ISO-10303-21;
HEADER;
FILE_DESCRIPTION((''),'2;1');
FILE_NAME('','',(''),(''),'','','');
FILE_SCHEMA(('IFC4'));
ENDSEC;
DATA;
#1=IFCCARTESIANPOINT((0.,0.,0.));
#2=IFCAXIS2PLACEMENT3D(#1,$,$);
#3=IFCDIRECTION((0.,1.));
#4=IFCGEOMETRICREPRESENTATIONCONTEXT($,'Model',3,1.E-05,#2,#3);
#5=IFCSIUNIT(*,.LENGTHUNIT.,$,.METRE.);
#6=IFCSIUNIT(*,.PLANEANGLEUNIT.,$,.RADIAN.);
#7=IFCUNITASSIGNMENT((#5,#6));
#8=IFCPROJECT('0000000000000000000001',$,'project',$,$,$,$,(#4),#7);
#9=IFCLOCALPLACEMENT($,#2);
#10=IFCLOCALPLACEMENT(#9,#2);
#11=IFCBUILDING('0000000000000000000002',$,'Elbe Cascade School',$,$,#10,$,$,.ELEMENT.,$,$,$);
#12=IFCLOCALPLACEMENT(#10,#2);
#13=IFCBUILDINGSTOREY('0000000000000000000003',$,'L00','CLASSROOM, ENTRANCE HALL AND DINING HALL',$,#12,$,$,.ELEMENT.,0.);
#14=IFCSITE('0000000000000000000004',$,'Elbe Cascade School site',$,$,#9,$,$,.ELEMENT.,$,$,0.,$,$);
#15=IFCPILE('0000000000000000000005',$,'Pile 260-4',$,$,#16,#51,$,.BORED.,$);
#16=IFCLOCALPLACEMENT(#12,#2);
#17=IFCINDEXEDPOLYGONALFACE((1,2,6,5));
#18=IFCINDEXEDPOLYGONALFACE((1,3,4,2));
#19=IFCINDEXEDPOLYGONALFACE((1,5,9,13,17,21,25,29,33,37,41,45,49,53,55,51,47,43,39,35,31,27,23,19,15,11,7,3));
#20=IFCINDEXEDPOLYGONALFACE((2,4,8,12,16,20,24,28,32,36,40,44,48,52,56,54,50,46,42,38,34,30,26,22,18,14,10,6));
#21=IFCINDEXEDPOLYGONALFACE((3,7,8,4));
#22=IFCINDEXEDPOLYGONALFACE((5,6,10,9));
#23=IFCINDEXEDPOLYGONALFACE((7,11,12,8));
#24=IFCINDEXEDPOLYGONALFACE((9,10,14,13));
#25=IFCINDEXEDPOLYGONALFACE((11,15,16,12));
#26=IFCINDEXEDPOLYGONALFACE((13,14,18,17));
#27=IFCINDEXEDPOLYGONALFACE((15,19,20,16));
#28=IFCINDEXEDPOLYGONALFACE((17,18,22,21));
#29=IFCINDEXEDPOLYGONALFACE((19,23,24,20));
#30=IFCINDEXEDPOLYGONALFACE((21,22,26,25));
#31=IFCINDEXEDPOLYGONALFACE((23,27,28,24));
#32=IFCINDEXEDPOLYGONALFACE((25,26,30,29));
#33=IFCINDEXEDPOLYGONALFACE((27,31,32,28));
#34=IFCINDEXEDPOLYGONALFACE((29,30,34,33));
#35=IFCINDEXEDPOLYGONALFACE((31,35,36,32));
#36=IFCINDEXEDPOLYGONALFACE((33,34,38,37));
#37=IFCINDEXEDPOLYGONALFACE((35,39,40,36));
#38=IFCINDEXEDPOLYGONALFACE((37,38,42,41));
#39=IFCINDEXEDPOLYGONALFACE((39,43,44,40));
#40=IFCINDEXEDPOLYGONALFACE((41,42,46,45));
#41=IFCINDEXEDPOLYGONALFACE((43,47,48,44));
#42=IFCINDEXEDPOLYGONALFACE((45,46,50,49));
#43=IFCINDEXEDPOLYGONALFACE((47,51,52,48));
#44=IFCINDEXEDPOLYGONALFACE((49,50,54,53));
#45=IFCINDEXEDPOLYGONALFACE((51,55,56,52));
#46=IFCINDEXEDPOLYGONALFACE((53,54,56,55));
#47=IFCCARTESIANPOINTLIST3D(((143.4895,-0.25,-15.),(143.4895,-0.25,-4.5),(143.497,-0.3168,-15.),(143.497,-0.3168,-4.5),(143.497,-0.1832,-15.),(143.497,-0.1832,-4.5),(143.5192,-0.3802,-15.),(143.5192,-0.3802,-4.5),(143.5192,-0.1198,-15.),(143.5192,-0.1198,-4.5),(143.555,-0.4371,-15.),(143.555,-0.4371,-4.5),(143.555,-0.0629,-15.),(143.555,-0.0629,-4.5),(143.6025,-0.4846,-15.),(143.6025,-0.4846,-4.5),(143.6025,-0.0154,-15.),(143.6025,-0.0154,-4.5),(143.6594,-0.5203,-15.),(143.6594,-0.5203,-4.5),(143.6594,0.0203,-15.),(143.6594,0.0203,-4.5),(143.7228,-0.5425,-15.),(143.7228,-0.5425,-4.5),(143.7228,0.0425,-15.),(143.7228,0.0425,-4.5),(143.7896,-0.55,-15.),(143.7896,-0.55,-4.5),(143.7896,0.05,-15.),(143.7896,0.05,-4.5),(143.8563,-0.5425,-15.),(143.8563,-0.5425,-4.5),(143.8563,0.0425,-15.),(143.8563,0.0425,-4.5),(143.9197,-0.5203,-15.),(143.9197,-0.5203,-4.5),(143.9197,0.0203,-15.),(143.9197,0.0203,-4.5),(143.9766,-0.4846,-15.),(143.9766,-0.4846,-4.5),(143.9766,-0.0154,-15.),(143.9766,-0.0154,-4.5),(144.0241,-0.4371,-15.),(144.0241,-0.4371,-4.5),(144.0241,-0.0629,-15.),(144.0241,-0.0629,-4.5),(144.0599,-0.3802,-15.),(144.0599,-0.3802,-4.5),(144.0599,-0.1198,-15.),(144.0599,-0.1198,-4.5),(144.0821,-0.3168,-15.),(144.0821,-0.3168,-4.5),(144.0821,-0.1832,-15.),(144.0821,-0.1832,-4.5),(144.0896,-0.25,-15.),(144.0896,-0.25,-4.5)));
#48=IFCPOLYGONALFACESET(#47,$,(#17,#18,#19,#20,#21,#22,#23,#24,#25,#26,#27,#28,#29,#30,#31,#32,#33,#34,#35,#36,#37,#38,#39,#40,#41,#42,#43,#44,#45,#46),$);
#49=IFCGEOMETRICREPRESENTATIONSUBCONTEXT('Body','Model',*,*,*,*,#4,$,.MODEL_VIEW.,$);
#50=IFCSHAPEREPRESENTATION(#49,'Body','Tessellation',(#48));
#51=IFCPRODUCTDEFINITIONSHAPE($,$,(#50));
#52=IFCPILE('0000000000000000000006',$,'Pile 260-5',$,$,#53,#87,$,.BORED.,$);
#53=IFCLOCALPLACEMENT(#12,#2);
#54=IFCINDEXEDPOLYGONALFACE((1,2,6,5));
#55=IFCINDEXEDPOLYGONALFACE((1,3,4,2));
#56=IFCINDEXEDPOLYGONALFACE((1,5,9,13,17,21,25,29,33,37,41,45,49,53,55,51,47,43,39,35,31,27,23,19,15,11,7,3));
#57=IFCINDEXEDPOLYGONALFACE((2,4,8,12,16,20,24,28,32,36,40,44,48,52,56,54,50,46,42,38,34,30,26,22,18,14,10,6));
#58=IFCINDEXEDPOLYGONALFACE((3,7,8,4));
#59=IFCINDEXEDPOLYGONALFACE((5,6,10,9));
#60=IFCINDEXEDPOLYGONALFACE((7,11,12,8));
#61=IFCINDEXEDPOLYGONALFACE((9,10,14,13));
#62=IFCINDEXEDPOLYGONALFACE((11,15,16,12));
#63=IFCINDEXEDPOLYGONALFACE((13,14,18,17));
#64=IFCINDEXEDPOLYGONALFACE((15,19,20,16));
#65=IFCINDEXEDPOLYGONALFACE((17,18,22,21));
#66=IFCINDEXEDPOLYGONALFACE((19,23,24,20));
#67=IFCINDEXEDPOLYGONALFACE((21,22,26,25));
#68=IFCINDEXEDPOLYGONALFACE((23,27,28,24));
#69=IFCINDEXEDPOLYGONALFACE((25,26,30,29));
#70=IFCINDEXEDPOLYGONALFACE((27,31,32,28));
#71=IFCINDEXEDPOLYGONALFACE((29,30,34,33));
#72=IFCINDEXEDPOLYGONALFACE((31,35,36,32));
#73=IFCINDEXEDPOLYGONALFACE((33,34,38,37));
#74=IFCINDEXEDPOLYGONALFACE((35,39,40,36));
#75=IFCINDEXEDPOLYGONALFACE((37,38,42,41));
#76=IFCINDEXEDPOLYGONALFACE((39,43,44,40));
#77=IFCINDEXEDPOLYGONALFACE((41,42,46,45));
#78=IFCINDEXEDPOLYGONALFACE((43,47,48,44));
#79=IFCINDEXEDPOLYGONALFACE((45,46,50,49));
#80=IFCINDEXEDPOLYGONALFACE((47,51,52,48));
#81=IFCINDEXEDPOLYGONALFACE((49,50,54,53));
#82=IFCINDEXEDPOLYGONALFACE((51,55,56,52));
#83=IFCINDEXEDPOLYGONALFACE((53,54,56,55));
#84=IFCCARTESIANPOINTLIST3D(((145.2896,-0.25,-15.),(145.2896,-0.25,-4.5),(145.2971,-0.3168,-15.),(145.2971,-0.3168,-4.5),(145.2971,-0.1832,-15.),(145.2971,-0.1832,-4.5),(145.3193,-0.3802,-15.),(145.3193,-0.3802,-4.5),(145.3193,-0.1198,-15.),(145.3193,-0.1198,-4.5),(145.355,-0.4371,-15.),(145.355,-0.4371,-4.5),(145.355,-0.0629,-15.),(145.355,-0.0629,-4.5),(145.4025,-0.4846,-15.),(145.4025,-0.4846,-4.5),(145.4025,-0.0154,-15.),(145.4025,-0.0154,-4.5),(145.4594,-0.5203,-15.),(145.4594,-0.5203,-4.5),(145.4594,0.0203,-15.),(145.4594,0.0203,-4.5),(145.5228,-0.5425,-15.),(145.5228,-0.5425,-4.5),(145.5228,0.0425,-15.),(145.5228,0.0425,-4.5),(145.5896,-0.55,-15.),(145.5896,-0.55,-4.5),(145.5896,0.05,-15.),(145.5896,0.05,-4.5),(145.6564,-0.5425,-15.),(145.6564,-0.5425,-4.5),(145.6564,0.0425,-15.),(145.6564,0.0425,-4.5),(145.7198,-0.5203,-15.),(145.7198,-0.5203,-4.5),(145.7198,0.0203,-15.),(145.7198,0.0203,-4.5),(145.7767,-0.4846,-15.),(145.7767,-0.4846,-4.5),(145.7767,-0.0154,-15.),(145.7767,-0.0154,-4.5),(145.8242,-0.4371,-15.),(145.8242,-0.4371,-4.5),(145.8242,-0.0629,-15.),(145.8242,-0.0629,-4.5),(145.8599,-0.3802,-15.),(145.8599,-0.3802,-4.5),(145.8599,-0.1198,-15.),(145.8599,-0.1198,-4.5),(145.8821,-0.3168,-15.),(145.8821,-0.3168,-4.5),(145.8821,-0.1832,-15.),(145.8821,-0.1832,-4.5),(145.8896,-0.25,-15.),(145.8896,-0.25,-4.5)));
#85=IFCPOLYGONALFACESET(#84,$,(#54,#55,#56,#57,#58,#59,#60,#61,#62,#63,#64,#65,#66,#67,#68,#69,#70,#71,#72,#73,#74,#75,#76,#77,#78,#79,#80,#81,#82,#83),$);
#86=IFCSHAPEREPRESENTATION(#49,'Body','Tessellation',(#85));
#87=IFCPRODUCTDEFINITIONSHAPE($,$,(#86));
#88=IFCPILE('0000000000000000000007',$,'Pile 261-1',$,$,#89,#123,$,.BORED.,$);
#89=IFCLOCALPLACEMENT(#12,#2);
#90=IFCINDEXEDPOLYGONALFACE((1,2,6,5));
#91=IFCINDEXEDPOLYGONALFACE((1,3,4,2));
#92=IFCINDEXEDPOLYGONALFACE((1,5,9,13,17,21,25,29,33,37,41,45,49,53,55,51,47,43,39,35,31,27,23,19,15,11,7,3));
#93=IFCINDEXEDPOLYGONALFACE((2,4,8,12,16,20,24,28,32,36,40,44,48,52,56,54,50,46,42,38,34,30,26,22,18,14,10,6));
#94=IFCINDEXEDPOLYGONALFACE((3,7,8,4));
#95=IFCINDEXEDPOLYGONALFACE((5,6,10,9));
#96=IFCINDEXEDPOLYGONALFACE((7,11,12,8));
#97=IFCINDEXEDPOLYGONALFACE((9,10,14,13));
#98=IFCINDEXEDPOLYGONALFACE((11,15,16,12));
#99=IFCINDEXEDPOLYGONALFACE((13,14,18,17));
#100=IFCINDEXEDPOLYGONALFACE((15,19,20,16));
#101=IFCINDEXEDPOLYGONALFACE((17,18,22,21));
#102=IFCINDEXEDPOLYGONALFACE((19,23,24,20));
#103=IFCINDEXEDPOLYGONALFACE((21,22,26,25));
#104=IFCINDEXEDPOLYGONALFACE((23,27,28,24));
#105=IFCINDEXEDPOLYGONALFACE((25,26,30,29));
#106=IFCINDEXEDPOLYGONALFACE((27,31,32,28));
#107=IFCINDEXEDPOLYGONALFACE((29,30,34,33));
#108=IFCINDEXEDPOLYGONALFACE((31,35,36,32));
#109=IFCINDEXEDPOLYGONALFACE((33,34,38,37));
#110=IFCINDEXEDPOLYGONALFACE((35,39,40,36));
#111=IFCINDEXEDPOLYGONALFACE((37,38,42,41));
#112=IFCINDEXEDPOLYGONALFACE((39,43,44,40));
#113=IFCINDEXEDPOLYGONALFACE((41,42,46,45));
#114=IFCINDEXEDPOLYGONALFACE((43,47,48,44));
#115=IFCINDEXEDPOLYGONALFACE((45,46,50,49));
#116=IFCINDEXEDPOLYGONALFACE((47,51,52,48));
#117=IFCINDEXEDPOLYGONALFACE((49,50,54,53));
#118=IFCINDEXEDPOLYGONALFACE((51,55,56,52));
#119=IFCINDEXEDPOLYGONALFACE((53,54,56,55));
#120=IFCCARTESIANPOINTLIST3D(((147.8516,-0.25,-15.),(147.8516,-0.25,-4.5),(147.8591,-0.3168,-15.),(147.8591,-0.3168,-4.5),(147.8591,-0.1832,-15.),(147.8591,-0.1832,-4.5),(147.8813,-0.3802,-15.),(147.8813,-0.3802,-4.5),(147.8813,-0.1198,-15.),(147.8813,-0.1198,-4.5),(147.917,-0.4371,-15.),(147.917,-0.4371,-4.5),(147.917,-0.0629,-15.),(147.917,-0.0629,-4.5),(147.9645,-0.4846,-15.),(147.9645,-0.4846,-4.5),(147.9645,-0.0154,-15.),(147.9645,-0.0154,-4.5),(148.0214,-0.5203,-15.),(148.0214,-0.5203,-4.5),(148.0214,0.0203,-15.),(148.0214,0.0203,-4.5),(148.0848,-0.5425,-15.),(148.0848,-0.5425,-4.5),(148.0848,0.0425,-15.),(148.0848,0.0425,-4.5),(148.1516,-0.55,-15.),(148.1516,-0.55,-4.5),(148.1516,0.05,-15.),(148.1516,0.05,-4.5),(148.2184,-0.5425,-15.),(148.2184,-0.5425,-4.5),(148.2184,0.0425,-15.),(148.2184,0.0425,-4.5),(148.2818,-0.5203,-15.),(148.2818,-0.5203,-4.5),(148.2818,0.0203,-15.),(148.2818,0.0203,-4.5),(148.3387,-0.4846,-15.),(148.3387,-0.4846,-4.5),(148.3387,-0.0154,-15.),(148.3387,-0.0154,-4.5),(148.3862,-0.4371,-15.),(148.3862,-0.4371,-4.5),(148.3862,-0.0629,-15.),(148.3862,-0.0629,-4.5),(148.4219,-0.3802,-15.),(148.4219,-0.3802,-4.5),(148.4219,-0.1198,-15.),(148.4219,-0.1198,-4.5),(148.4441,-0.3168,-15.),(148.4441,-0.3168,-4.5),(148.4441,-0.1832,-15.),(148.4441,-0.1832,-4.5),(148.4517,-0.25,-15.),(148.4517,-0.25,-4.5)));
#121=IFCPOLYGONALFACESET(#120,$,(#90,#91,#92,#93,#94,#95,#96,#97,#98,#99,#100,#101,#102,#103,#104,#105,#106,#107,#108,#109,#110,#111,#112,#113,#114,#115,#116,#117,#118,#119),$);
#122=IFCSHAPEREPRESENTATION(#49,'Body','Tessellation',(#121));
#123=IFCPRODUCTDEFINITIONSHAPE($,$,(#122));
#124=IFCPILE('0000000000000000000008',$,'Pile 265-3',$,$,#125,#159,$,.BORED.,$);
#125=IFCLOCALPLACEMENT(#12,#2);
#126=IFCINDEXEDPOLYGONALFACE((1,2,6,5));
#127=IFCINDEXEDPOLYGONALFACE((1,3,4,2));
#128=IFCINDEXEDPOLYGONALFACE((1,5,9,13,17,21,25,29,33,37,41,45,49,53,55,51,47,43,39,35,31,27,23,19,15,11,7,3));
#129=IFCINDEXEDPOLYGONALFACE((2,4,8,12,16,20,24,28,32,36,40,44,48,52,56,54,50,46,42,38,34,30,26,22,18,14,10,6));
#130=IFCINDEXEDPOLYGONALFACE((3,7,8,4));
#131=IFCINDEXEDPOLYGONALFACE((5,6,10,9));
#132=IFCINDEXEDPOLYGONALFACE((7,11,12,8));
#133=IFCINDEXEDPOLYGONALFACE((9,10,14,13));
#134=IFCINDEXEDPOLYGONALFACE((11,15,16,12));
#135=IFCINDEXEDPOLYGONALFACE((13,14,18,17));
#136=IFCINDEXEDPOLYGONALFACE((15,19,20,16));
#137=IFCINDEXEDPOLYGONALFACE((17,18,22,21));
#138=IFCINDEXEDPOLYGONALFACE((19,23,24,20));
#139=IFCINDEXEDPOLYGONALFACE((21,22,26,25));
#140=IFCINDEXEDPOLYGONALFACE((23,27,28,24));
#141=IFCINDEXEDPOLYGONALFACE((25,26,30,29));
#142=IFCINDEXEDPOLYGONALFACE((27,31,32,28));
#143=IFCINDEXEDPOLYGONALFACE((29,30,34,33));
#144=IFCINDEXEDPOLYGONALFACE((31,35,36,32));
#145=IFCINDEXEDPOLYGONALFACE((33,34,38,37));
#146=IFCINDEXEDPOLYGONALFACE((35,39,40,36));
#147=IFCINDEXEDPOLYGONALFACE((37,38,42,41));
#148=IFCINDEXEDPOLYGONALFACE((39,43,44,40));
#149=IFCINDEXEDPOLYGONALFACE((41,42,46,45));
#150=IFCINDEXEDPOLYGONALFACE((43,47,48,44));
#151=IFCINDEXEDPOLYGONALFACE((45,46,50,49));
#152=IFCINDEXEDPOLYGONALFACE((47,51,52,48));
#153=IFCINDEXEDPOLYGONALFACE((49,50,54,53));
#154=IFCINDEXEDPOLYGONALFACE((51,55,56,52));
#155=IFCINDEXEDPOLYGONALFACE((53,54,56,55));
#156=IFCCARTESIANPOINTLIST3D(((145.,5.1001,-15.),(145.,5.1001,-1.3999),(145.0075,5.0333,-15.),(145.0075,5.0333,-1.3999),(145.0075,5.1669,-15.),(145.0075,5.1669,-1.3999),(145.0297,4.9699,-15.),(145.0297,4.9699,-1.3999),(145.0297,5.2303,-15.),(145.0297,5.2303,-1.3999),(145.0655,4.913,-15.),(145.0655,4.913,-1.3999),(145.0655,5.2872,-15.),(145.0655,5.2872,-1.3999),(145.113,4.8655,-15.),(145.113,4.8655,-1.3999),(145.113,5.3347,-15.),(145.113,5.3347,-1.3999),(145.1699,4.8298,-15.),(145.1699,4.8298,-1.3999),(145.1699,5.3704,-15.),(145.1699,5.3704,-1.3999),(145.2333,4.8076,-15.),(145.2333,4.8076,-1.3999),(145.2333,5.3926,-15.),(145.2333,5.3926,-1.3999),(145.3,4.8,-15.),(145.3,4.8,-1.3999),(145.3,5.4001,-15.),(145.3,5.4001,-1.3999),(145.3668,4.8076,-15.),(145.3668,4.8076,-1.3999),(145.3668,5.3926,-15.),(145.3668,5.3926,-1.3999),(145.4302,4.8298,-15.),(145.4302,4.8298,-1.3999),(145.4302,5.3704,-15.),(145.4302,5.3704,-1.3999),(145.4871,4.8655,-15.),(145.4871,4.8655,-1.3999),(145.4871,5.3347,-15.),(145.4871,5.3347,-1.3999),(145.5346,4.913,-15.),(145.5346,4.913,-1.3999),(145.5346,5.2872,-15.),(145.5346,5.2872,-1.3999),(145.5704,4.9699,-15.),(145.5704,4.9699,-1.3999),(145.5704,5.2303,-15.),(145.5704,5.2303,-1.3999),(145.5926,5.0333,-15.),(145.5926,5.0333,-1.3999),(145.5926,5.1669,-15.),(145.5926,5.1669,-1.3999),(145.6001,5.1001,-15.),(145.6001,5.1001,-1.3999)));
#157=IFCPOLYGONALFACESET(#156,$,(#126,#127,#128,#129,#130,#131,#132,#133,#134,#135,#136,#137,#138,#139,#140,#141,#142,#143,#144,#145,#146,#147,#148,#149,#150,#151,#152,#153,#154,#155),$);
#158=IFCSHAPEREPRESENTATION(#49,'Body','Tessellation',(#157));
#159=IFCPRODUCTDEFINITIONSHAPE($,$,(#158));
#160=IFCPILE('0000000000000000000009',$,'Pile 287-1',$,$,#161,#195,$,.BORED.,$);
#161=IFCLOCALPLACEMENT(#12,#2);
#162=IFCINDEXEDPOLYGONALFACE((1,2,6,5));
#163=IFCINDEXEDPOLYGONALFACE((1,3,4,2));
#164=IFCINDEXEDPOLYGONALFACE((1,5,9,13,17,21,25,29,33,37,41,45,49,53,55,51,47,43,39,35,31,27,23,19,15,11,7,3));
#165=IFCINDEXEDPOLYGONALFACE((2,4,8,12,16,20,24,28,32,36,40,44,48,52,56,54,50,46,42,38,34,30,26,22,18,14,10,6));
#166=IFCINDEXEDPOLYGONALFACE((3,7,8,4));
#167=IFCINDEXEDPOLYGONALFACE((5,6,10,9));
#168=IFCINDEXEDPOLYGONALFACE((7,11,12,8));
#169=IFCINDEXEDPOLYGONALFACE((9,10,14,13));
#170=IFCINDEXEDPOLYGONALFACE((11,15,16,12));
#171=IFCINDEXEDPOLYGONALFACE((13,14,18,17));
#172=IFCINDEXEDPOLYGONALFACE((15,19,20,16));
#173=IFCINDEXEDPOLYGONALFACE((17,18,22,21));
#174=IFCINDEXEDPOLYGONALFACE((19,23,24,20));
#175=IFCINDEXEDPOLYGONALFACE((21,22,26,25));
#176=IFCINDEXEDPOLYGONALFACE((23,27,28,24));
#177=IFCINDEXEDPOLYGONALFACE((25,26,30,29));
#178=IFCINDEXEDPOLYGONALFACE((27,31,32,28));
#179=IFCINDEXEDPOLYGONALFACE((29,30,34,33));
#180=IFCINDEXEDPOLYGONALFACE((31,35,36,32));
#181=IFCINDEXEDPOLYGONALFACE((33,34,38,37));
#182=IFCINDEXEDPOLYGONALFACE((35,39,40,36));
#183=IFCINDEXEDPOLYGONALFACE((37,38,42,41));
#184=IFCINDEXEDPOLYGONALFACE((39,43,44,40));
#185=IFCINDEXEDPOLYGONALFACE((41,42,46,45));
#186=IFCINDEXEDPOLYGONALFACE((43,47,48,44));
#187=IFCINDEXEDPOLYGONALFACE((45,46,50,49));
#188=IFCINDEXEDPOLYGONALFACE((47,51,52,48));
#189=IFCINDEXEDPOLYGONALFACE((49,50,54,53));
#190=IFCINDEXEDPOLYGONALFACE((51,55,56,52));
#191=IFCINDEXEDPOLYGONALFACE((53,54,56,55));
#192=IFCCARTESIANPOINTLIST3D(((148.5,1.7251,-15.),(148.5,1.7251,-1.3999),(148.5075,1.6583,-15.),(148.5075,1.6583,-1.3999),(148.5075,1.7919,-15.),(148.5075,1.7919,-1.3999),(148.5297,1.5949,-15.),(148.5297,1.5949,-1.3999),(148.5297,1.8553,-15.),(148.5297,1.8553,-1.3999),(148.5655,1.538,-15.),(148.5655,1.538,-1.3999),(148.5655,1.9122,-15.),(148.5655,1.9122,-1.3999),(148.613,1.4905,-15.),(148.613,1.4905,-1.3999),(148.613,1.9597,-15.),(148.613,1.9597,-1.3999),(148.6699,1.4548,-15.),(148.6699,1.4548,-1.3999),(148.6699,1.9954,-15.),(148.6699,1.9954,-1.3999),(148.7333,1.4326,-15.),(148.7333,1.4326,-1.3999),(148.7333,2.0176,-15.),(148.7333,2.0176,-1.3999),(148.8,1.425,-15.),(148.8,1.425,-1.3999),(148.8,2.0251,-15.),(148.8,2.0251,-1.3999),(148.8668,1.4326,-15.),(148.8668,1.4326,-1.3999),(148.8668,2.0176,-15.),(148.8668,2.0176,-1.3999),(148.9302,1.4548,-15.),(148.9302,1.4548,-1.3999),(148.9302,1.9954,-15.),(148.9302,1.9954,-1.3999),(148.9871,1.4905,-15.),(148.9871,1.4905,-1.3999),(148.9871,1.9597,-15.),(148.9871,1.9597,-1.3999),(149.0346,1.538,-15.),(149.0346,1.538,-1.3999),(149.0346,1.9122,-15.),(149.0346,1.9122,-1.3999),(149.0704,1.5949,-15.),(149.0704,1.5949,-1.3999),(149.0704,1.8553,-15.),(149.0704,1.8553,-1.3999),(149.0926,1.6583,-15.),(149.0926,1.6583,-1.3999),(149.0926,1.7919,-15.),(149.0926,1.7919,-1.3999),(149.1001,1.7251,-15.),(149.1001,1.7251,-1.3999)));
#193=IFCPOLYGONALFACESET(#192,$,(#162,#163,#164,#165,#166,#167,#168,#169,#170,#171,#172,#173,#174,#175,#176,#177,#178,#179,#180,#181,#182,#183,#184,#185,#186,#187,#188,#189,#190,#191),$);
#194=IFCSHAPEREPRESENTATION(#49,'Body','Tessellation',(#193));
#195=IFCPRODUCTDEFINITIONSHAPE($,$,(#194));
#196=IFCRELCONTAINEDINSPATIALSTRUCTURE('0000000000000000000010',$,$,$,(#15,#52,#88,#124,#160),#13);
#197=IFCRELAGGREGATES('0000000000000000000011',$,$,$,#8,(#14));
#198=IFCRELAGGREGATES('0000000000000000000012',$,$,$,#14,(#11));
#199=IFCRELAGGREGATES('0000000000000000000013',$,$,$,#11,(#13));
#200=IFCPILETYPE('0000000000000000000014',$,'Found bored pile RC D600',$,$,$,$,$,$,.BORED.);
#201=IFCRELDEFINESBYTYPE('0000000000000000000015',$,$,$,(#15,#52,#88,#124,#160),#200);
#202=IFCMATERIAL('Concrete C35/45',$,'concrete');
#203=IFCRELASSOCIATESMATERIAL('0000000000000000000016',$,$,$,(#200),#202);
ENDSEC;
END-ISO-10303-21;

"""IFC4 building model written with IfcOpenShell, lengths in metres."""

from ifc_helpers import new_model, si_unit, direction, frame, origin, origin_2d, place, context, subcontext, project, spatial, circle, extrude, material, material_profile, profile_set, type_object, element, save


model = new_model("IFC4")

# Units and contexts
model_context = context("Model", 3, precision=1e-05, world=origin(), true_north=direction((0.0, 1.0)))
body_context = subcontext(model_context, "Body", "Model", "MODEL_VIEW")
ifc_project = project(units=[si_unit("LENGTHUNIT", "METRE"), si_unit("PLANEANGLEUNIT", "RADIAN")], contexts=[model_context])

# Site, building, storey
site_placement = place(None, origin())
site = spatial("IfcSite", under=ifc_project, at=site_placement, Name="Elbe Cascade School site", CompositionType="ELEMENT", RefElevation=0.0)
building_placement = place(site_placement, origin())
building = spatial("IfcBuilding", under=site, at=building_placement, Name="Elbe Cascade School", CompositionType="ELEMENT")
storey_placement = place(building_placement, origin())
storey = spatial("IfcBuildingStorey", under=building, at=storey_placement, Name="L00", Description="CLASSROOM, ENTRANCE HALL AND DINING HALL", CompositionType="ELEMENT", Elevation=0.0)

# Piles
ifc_material_1 = material(Name="Concrete C35/45", Category="concrete")
ifc_material_profile_1 = material_profile(ifc_material_1, circle(Radius=0.3, at=origin_2d()), Name="RC D600")
ifc_profile_set_1 = profile_set([ifc_material_profile_1], Name="Concrete C35/45")
pile_type = type_object("IfcPileType", Name="Found bored pile RC D600", PredefinedType="BORED", material=ifc_profile_set_1)
for number, where, z_axis, x_axis, name in (
    (1, (143.7896, -0.25, -4.5), (0.0, 0.0, -1.0), (1.0, 0.0, 0.0), "Pile 260-4"),
    (2, (145.5896, -0.25, -4.5), (0.0, 0.0, -1.0), (1.0, 0.0, 0.0), "Pile 260-5"),
    (3, (148.1516, -0.25, -4.5), (0.0, 0.0, -1.0), (1.0, 0.0, 0.0), "Pile 261-1"),
):
    element("IfcPile", number, at=place(storey_placement, frame(where, z_axis=z_axis, x_axis=x_axis)), inside=storey, type_object=pile_type, Name=name, PredefinedType="BORED", context=body_context, shape_type="SweptSolid", body=[
        extrude(circle(Radius=0.3, at=origin_2d()), origin(), (0.0, 0.0, 1.0), 10.5),
    ])
for number, where, z_axis, x_axis, name in (
    (4, (145.3, 5.1001, -1.3999), (0.0, 0.0, -1.0), (1.0, 0.0, 0.0), "Pile 265-3"),
    (5, (148.8, 1.7251, -1.3999), (0.0, 0.0, -1.0), (1.0, 0.0, 0.0), "Pile 287-1"),
):
    element("IfcPile", number, at=place(storey_placement, frame(where, z_axis=z_axis, x_axis=x_axis)), inside=storey, type_object=pile_type, Name=name, PredefinedType="BORED", context=body_context, shape_type="SweptSolid", body=[
        extrude(circle(Radius=0.3, at=origin_2d()), origin(), (0.0, 0.0, 1.0), 13.6001),
    ])

save(model, "model.ifc")
